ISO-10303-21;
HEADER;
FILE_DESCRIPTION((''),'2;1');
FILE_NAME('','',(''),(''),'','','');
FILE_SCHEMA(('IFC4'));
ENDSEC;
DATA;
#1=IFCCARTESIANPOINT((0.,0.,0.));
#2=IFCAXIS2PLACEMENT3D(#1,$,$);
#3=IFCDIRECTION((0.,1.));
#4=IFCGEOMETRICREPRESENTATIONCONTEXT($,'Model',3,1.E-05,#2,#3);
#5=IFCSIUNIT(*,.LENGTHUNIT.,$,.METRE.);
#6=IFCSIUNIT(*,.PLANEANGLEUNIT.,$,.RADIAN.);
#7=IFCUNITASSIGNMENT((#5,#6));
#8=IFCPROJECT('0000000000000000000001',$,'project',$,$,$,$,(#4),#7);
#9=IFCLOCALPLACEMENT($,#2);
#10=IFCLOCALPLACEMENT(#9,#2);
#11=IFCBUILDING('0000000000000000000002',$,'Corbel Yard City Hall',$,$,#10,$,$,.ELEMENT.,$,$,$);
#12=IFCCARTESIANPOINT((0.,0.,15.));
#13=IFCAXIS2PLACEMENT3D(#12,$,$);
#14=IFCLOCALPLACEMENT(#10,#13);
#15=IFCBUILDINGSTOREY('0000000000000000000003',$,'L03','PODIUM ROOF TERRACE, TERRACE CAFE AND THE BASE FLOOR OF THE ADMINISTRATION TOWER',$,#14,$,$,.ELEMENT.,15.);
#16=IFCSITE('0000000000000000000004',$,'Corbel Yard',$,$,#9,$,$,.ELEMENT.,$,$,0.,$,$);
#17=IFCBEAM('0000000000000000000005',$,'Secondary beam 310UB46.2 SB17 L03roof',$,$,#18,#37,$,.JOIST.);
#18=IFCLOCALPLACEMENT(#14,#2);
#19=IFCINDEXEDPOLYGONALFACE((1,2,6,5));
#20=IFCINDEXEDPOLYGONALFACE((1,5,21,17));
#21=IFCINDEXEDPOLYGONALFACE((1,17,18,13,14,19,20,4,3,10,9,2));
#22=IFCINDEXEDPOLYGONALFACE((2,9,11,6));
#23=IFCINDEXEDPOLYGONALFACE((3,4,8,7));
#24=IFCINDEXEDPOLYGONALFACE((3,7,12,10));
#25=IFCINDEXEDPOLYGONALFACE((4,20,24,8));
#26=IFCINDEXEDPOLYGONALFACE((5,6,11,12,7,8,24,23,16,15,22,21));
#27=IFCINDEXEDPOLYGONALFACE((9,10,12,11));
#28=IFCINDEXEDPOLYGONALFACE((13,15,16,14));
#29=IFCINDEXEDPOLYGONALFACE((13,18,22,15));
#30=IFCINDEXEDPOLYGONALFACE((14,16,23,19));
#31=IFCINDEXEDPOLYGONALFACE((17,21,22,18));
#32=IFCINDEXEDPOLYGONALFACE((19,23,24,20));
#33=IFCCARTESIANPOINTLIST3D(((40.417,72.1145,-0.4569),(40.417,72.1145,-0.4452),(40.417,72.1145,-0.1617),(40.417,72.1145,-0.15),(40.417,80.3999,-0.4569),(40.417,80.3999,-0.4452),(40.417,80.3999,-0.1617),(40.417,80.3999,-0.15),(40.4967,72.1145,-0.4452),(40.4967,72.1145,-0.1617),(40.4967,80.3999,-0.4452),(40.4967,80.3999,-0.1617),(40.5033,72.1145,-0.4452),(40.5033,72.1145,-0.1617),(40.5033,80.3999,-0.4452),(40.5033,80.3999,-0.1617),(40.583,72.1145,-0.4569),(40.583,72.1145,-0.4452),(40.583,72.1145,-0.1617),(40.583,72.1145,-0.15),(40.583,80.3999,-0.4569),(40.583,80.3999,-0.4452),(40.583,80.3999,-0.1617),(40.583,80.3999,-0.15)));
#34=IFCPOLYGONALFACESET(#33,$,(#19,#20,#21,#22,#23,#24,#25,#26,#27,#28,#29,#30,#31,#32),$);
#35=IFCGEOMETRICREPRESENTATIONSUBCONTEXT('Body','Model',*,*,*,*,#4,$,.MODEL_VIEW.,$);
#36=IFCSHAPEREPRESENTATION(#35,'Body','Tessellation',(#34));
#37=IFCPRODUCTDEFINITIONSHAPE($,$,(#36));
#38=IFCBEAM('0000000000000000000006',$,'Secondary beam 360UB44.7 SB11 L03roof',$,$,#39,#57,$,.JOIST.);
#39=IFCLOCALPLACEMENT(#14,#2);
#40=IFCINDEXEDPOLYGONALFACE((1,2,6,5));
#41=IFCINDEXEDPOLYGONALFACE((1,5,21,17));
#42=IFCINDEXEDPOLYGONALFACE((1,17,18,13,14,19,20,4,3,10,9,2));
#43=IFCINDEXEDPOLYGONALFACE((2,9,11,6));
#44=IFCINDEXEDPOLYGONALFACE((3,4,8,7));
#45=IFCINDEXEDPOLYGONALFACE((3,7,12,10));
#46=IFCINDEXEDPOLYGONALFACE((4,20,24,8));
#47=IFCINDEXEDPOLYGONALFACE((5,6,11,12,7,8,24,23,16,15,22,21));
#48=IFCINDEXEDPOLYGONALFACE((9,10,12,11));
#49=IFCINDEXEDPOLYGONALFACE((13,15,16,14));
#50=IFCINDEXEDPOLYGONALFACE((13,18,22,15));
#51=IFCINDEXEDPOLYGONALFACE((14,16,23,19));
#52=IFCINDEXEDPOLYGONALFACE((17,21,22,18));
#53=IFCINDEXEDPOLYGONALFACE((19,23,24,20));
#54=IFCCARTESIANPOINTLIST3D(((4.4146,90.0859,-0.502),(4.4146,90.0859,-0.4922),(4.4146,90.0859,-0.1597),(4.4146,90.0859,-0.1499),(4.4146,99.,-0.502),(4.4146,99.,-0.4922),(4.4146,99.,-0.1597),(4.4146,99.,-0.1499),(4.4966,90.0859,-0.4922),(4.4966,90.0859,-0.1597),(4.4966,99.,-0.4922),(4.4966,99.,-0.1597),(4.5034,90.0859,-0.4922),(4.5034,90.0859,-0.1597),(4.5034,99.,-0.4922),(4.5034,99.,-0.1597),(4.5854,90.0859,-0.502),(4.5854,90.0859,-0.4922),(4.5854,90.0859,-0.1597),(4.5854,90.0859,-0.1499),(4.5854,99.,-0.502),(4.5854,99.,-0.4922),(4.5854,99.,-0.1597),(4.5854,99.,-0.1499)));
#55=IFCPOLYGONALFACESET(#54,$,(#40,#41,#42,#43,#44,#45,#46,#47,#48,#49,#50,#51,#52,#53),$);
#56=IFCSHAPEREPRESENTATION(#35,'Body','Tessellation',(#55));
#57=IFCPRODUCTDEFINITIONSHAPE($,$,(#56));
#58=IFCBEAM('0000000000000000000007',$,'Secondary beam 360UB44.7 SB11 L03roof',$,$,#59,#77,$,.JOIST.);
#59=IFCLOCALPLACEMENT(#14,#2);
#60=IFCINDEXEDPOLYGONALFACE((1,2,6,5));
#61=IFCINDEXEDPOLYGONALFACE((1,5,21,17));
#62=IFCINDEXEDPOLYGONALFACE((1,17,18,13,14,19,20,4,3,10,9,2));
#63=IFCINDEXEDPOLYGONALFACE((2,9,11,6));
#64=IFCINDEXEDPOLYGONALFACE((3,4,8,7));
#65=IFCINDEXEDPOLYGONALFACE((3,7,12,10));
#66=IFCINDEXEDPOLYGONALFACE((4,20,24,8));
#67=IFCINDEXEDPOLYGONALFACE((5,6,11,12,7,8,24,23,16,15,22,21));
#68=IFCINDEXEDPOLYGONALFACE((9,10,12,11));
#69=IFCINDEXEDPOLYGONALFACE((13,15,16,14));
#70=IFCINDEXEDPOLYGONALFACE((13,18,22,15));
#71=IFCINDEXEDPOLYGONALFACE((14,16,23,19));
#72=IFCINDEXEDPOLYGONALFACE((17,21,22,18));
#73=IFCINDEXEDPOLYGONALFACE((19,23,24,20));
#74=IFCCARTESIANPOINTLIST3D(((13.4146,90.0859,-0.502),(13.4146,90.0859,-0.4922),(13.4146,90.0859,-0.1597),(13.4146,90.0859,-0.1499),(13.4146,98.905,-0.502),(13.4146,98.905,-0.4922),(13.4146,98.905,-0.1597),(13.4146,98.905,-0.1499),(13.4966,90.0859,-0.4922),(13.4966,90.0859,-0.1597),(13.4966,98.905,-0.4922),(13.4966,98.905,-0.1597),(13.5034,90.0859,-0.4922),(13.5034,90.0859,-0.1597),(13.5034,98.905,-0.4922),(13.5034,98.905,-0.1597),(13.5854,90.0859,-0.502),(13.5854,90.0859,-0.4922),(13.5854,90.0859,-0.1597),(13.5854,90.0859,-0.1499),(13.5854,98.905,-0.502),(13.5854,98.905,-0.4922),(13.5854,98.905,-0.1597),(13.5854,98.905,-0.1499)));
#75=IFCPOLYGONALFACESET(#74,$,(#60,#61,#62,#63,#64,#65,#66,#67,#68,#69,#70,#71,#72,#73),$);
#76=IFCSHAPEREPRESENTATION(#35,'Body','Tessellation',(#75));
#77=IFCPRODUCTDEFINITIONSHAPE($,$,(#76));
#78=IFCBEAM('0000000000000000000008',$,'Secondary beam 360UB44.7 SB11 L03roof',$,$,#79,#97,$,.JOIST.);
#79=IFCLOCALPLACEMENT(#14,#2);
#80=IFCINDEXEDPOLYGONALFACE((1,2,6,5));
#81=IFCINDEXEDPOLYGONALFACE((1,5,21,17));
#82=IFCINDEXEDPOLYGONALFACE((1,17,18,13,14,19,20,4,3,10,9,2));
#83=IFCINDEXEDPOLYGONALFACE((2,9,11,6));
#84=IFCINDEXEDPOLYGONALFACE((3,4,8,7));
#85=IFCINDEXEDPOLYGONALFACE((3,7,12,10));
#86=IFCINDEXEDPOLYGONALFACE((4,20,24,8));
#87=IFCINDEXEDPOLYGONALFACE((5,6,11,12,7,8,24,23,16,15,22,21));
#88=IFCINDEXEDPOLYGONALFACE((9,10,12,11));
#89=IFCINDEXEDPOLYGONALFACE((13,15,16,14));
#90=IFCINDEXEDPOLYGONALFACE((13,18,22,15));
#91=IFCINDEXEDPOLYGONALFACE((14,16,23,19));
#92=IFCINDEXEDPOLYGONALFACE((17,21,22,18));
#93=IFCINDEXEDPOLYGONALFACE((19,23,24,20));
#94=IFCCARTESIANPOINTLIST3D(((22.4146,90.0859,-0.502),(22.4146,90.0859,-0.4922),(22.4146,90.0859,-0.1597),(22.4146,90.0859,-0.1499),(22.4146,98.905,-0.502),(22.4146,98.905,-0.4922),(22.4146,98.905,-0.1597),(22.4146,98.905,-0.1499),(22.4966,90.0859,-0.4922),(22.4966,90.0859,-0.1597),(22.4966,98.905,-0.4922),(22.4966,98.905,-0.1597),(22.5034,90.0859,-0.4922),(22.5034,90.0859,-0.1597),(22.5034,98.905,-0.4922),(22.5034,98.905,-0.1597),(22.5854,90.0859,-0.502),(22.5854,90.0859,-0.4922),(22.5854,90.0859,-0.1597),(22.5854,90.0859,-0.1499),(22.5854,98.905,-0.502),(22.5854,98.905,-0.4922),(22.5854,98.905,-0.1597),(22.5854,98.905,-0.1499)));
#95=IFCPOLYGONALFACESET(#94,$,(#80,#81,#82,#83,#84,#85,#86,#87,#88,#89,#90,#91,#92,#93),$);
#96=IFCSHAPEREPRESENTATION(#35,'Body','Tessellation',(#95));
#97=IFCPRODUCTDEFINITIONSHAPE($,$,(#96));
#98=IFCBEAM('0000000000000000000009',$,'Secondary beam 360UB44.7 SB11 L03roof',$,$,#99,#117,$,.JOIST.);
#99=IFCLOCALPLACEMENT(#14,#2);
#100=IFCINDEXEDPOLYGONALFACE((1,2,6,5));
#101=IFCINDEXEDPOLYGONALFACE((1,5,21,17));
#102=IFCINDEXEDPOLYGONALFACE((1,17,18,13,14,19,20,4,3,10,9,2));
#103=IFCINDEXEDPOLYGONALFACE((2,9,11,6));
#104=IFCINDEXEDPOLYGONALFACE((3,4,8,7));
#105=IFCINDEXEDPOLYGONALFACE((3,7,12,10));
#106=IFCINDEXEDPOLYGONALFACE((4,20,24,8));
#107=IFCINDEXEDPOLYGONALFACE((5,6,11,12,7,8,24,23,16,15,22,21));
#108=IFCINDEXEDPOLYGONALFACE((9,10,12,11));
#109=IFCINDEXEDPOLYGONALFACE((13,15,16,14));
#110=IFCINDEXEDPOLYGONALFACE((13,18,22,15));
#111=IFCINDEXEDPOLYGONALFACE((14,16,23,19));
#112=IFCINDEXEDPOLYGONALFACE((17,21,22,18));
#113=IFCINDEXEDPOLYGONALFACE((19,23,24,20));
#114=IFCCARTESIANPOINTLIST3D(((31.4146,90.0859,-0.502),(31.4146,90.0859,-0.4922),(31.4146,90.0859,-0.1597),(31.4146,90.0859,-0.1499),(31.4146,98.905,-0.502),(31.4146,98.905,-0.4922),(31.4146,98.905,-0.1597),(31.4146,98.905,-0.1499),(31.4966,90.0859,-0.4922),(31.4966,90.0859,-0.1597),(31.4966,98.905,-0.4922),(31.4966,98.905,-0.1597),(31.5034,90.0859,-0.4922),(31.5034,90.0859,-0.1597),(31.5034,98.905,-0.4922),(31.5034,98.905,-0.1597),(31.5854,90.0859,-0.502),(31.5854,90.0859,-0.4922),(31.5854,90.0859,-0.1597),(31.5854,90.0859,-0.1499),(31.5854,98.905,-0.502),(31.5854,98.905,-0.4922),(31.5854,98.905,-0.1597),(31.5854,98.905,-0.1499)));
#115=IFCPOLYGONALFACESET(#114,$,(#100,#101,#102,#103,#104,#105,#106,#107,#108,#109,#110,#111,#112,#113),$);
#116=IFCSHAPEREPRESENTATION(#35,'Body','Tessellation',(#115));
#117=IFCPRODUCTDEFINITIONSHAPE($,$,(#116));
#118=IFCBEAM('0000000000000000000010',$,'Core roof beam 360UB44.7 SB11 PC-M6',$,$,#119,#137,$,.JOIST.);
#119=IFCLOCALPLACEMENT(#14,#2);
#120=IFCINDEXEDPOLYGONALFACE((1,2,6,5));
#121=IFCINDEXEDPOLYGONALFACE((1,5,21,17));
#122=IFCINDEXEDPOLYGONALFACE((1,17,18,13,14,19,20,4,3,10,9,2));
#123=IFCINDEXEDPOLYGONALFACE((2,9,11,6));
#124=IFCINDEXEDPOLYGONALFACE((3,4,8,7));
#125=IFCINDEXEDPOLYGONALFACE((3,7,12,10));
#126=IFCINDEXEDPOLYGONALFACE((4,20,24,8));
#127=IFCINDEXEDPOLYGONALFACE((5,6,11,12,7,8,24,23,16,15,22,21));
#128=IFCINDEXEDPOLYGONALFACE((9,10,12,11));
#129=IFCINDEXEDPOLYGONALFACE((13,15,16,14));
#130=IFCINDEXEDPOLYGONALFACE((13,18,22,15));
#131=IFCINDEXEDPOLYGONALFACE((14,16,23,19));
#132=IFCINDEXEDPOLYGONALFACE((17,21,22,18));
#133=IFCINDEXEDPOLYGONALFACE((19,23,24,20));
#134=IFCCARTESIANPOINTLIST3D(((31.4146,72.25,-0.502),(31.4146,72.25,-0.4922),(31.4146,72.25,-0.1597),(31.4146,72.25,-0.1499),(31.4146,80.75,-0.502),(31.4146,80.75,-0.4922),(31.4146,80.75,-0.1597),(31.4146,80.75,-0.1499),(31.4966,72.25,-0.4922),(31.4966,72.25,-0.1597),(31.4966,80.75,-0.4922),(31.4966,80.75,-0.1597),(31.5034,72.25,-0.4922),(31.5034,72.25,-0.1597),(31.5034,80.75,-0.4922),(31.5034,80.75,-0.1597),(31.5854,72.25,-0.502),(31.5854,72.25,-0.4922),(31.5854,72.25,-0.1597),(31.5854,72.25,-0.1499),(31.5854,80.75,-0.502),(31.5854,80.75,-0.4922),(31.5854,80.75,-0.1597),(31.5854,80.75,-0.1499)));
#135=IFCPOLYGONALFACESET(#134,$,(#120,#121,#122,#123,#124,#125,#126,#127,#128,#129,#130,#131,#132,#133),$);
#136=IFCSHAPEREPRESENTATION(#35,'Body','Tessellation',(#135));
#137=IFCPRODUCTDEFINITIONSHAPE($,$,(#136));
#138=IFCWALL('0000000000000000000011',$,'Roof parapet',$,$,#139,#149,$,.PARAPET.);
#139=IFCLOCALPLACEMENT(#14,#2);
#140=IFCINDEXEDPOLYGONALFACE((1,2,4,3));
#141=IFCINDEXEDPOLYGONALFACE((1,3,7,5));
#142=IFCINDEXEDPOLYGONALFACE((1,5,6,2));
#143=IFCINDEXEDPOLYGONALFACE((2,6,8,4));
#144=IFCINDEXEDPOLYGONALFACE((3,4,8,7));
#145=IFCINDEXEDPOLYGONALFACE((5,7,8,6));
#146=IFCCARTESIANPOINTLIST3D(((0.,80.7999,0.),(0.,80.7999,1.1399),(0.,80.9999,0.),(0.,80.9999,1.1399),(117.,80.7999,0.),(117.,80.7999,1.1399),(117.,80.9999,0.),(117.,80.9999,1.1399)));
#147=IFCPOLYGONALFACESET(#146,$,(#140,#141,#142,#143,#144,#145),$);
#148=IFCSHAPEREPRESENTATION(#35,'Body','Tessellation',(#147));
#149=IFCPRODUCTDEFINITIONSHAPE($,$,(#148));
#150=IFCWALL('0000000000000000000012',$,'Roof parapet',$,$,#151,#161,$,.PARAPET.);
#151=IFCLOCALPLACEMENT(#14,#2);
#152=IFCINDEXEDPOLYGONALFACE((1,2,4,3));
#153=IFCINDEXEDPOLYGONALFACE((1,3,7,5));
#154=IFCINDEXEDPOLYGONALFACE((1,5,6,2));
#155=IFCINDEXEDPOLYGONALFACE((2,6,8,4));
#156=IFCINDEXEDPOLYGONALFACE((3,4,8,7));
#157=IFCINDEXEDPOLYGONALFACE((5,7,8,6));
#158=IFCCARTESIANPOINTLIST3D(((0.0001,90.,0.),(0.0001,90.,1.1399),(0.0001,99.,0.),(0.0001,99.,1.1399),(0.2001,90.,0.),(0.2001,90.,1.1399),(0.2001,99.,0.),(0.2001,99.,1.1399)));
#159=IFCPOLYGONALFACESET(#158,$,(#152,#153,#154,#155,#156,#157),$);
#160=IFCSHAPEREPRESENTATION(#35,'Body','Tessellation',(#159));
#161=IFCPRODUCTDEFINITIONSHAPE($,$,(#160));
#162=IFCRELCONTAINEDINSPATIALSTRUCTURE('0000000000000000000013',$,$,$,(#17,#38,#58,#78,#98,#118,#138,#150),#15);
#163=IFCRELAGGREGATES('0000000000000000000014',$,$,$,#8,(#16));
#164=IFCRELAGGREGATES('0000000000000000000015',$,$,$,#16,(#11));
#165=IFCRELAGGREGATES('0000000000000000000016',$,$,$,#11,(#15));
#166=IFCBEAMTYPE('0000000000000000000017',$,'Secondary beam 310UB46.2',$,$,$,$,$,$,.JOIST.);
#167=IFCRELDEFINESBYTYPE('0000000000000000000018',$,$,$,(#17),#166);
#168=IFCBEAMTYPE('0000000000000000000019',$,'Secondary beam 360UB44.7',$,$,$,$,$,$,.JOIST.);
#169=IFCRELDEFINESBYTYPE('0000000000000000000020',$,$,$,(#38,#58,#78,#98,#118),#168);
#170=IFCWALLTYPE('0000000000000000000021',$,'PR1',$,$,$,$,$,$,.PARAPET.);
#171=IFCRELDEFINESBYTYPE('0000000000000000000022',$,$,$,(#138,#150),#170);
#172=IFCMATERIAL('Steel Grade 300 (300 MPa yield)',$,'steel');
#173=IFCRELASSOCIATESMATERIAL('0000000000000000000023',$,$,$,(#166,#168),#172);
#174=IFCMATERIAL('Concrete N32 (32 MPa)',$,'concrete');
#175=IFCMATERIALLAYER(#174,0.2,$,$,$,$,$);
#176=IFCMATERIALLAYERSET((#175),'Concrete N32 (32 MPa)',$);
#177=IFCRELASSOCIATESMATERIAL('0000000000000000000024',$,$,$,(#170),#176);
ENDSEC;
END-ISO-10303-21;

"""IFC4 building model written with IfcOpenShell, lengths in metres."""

from ifc_helpers import new_model, si_unit, direction, frame, frame_2d, origin, origin_2d, place, context, subcontext, project, spatial, rectangle, i_section, extrude, material, layer, layer_set, material_profile, profile_set, type_object, element, save


model = new_model("IFC4")

# Units and contexts
model_context = context("Model", 3, precision=1e-05, world=origin(), true_north=direction((0.0, 1.0)))
body_context = subcontext(model_context, "Body", "Model", "MODEL_VIEW")
ifc_project = project(units=[si_unit("LENGTHUNIT", "METRE"), si_unit("PLANEANGLEUNIT", "RADIAN")], contexts=[model_context])

# Site, building, storey
site_placement = place(None, origin())
site = spatial("IfcSite", under=ifc_project, at=site_placement, Name="Corbel Yard", CompositionType="ELEMENT", RefElevation=0.0)
building_placement = place(site_placement, origin())
building = spatial("IfcBuilding", under=site, at=building_placement, Name="Corbel Yard City Hall", CompositionType="ELEMENT")
storey_placement = place(building_placement, frame((0.0, 0.0, 15.0)))
storey = spatial("IfcBuildingStorey", under=building, at=storey_placement, Name="L03", Description="PODIUM ROOF TERRACE, TERRACE CAFE AND THE BASE FLOOR OF THE ADMINISTRATION TOWER", CompositionType="ELEMENT", Elevation=15.0)

# Beams
ifc_material_1 = material(Name="Steel Grade 300 (300 MPa yield)", Category="steel")
ifc_material_profile_1 = material_profile(ifc_material_1, i_section(OverallWidth=0.166, OverallDepth=0.3069, WebThickness=0.0066, FlangeThickness=0.0117, at=origin_2d()), Name="310UB46.2")
ifc_profile_set_1 = profile_set([ifc_material_profile_1], Name="Steel Grade 300 (300 MPa yield)")
beam_type_1 = type_object("IfcBeamType", Name="Secondary beam 310UB46.2", PredefinedType="JOIST", material=ifc_profile_set_1)
for number, where, z_axis, x_axis, name in (
    (1, (40.5, 72.1145, -0.3035), (0.0, 1.0, 0.0), (-1.0, 0.0, 0.0), "Secondary beam 310UB46.2 SB17 L03roof"),
):
    element("IfcBeam", number, at=place(storey_placement, frame(where, z_axis=z_axis, x_axis=x_axis)), inside=storey, type_object=beam_type_1, Name=name, PredefinedType="JOIST", context=body_context, shape_type="SweptSolid", body=[
        extrude(i_section(OverallWidth=0.166, OverallDepth=0.3069, WebThickness=0.0066, FlangeThickness=0.0117, at=origin_2d()), origin(), (0.0, 0.0, 1.0), 8.2854),
    ])
ifc_material_profile_2 = material_profile(ifc_material_1, i_section(OverallWidth=0.1709, OverallDepth=0.3521, WebThickness=0.0068, FlangeThickness=0.0098, at=origin_2d()), Name="360UB44.7")
ifc_profile_set_2 = profile_set([ifc_material_profile_2], Name="Steel Grade 300 (300 MPa yield)")
beam_type_2 = type_object("IfcBeamType", Name="Secondary beam 360UB44.7", PredefinedType="JOIST", material=ifc_profile_set_2)
beam_1_placement = place(storey_placement, frame((4.5, 90.0859, -0.3259), z_axis=(0.0, 1.0, 0.0), x_axis=(-1.0, 0.0, 0.0)))
element("IfcBeam", 2, at=beam_1_placement, inside=storey, type_object=beam_type_2, Name="Secondary beam 360UB44.7 SB11 L03roof", PredefinedType="JOIST", context=body_context, shape_type="SweptSolid", body=[
    extrude(i_section(OverallWidth=0.1709, OverallDepth=0.3521, WebThickness=0.0068, FlangeThickness=0.0098, at=origin_2d()), origin(), (0.0, 0.0, 1.0), 8.9141),
])
for number, where, z_axis, x_axis, name in (
    (3, (13.5, 90.0859, -0.3259), (0.0, 1.0, 0.0), (-1.0, 0.0, 0.0), "Secondary beam 360UB44.7 SB11 L03roof"),
    (4, (22.5, 90.0859, -0.3259), (0.0, 1.0, 0.0), (-1.0, 0.0, 0.0), "Secondary beam 360UB44.7 SB11 L03roof"),
    (5, (31.5, 90.0859, -0.3259), (0.0, 1.0, 0.0), (-1.0, 0.0, 0.0), "Secondary beam 360UB44.7 SB11 L03roof"),
):
    element("IfcBeam", number, at=place(storey_placement, frame(where, z_axis=z_axis, x_axis=x_axis)), inside=storey, type_object=beam_type_2, Name=name, PredefinedType="JOIST", context=body_context, shape_type="SweptSolid", body=[
        extrude(i_section(OverallWidth=0.1709, OverallDepth=0.3521, WebThickness=0.0068, FlangeThickness=0.0098, at=origin_2d()), origin(), (0.0, 0.0, 1.0), 8.8191),
    ])
beam_2_placement = place(storey_placement, frame((31.5, 72.25, -0.3259), z_axis=(0.0, 1.0, 0.0), x_axis=(-1.0, 0.0, 0.0)))
element("IfcBeam", 6, at=beam_2_placement, inside=storey, type_object=beam_type_2, Name="Core roof beam 360UB44.7 SB11 PC-M6", PredefinedType="JOIST", context=body_context, shape_type="SweptSolid", body=[
    extrude(i_section(OverallWidth=0.1709, OverallDepth=0.3521, WebThickness=0.0068, FlangeThickness=0.0098, at=origin_2d()), origin(), (0.0, 0.0, 1.0), 8.5),
])

# Walls
ifc_material_2 = material(Name="Concrete N32 (32 MPa)", Category="concrete")
ifc_layer = layer(ifc_material_2, 0.2)
ifc_layer_set = layer_set([ifc_layer], Name="Concrete N32 (32 MPa)")
wall_type = type_object("IfcWallType", Name="PR1", PredefinedType="PARAPET", material=ifc_layer_set)
wall_1_placement = place(storey_placement, frame((0.0, 80.8999, 0.0), z_axis=(0.0, 0.0, 1.0), x_axis=(1.0, 0.0, 0.0)))
element("IfcWall", 7, at=wall_1_placement, inside=storey, type_object=wall_type, Name="Roof parapet", PredefinedType="PARAPET", context=body_context, shape_type="SweptSolid", body=[
    extrude(rectangle(XDim=117.0, YDim=0.2, at=frame_2d((58.5, 0.0))), origin(), (0.0, 0.0, 1.0), 1.1399),
])
wall_2_placement = place(storey_placement, frame((0.1001, 90.0, 0.0), z_axis=(0.0, 0.0, 1.0), x_axis=(0.0, 1.0, 0.0)))
element("IfcWall", 8, at=wall_2_placement, inside=storey, type_object=wall_type, Name="Roof parapet", PredefinedType="PARAPET", context=body_context, shape_type="SweptSolid", body=[
    extrude(rectangle(XDim=9.0, YDim=0.2, at=frame_2d((4.5, 0.0))), origin(), (0.0, 0.0, 1.0), 1.1399),
])

save(model, "model.ifc")
